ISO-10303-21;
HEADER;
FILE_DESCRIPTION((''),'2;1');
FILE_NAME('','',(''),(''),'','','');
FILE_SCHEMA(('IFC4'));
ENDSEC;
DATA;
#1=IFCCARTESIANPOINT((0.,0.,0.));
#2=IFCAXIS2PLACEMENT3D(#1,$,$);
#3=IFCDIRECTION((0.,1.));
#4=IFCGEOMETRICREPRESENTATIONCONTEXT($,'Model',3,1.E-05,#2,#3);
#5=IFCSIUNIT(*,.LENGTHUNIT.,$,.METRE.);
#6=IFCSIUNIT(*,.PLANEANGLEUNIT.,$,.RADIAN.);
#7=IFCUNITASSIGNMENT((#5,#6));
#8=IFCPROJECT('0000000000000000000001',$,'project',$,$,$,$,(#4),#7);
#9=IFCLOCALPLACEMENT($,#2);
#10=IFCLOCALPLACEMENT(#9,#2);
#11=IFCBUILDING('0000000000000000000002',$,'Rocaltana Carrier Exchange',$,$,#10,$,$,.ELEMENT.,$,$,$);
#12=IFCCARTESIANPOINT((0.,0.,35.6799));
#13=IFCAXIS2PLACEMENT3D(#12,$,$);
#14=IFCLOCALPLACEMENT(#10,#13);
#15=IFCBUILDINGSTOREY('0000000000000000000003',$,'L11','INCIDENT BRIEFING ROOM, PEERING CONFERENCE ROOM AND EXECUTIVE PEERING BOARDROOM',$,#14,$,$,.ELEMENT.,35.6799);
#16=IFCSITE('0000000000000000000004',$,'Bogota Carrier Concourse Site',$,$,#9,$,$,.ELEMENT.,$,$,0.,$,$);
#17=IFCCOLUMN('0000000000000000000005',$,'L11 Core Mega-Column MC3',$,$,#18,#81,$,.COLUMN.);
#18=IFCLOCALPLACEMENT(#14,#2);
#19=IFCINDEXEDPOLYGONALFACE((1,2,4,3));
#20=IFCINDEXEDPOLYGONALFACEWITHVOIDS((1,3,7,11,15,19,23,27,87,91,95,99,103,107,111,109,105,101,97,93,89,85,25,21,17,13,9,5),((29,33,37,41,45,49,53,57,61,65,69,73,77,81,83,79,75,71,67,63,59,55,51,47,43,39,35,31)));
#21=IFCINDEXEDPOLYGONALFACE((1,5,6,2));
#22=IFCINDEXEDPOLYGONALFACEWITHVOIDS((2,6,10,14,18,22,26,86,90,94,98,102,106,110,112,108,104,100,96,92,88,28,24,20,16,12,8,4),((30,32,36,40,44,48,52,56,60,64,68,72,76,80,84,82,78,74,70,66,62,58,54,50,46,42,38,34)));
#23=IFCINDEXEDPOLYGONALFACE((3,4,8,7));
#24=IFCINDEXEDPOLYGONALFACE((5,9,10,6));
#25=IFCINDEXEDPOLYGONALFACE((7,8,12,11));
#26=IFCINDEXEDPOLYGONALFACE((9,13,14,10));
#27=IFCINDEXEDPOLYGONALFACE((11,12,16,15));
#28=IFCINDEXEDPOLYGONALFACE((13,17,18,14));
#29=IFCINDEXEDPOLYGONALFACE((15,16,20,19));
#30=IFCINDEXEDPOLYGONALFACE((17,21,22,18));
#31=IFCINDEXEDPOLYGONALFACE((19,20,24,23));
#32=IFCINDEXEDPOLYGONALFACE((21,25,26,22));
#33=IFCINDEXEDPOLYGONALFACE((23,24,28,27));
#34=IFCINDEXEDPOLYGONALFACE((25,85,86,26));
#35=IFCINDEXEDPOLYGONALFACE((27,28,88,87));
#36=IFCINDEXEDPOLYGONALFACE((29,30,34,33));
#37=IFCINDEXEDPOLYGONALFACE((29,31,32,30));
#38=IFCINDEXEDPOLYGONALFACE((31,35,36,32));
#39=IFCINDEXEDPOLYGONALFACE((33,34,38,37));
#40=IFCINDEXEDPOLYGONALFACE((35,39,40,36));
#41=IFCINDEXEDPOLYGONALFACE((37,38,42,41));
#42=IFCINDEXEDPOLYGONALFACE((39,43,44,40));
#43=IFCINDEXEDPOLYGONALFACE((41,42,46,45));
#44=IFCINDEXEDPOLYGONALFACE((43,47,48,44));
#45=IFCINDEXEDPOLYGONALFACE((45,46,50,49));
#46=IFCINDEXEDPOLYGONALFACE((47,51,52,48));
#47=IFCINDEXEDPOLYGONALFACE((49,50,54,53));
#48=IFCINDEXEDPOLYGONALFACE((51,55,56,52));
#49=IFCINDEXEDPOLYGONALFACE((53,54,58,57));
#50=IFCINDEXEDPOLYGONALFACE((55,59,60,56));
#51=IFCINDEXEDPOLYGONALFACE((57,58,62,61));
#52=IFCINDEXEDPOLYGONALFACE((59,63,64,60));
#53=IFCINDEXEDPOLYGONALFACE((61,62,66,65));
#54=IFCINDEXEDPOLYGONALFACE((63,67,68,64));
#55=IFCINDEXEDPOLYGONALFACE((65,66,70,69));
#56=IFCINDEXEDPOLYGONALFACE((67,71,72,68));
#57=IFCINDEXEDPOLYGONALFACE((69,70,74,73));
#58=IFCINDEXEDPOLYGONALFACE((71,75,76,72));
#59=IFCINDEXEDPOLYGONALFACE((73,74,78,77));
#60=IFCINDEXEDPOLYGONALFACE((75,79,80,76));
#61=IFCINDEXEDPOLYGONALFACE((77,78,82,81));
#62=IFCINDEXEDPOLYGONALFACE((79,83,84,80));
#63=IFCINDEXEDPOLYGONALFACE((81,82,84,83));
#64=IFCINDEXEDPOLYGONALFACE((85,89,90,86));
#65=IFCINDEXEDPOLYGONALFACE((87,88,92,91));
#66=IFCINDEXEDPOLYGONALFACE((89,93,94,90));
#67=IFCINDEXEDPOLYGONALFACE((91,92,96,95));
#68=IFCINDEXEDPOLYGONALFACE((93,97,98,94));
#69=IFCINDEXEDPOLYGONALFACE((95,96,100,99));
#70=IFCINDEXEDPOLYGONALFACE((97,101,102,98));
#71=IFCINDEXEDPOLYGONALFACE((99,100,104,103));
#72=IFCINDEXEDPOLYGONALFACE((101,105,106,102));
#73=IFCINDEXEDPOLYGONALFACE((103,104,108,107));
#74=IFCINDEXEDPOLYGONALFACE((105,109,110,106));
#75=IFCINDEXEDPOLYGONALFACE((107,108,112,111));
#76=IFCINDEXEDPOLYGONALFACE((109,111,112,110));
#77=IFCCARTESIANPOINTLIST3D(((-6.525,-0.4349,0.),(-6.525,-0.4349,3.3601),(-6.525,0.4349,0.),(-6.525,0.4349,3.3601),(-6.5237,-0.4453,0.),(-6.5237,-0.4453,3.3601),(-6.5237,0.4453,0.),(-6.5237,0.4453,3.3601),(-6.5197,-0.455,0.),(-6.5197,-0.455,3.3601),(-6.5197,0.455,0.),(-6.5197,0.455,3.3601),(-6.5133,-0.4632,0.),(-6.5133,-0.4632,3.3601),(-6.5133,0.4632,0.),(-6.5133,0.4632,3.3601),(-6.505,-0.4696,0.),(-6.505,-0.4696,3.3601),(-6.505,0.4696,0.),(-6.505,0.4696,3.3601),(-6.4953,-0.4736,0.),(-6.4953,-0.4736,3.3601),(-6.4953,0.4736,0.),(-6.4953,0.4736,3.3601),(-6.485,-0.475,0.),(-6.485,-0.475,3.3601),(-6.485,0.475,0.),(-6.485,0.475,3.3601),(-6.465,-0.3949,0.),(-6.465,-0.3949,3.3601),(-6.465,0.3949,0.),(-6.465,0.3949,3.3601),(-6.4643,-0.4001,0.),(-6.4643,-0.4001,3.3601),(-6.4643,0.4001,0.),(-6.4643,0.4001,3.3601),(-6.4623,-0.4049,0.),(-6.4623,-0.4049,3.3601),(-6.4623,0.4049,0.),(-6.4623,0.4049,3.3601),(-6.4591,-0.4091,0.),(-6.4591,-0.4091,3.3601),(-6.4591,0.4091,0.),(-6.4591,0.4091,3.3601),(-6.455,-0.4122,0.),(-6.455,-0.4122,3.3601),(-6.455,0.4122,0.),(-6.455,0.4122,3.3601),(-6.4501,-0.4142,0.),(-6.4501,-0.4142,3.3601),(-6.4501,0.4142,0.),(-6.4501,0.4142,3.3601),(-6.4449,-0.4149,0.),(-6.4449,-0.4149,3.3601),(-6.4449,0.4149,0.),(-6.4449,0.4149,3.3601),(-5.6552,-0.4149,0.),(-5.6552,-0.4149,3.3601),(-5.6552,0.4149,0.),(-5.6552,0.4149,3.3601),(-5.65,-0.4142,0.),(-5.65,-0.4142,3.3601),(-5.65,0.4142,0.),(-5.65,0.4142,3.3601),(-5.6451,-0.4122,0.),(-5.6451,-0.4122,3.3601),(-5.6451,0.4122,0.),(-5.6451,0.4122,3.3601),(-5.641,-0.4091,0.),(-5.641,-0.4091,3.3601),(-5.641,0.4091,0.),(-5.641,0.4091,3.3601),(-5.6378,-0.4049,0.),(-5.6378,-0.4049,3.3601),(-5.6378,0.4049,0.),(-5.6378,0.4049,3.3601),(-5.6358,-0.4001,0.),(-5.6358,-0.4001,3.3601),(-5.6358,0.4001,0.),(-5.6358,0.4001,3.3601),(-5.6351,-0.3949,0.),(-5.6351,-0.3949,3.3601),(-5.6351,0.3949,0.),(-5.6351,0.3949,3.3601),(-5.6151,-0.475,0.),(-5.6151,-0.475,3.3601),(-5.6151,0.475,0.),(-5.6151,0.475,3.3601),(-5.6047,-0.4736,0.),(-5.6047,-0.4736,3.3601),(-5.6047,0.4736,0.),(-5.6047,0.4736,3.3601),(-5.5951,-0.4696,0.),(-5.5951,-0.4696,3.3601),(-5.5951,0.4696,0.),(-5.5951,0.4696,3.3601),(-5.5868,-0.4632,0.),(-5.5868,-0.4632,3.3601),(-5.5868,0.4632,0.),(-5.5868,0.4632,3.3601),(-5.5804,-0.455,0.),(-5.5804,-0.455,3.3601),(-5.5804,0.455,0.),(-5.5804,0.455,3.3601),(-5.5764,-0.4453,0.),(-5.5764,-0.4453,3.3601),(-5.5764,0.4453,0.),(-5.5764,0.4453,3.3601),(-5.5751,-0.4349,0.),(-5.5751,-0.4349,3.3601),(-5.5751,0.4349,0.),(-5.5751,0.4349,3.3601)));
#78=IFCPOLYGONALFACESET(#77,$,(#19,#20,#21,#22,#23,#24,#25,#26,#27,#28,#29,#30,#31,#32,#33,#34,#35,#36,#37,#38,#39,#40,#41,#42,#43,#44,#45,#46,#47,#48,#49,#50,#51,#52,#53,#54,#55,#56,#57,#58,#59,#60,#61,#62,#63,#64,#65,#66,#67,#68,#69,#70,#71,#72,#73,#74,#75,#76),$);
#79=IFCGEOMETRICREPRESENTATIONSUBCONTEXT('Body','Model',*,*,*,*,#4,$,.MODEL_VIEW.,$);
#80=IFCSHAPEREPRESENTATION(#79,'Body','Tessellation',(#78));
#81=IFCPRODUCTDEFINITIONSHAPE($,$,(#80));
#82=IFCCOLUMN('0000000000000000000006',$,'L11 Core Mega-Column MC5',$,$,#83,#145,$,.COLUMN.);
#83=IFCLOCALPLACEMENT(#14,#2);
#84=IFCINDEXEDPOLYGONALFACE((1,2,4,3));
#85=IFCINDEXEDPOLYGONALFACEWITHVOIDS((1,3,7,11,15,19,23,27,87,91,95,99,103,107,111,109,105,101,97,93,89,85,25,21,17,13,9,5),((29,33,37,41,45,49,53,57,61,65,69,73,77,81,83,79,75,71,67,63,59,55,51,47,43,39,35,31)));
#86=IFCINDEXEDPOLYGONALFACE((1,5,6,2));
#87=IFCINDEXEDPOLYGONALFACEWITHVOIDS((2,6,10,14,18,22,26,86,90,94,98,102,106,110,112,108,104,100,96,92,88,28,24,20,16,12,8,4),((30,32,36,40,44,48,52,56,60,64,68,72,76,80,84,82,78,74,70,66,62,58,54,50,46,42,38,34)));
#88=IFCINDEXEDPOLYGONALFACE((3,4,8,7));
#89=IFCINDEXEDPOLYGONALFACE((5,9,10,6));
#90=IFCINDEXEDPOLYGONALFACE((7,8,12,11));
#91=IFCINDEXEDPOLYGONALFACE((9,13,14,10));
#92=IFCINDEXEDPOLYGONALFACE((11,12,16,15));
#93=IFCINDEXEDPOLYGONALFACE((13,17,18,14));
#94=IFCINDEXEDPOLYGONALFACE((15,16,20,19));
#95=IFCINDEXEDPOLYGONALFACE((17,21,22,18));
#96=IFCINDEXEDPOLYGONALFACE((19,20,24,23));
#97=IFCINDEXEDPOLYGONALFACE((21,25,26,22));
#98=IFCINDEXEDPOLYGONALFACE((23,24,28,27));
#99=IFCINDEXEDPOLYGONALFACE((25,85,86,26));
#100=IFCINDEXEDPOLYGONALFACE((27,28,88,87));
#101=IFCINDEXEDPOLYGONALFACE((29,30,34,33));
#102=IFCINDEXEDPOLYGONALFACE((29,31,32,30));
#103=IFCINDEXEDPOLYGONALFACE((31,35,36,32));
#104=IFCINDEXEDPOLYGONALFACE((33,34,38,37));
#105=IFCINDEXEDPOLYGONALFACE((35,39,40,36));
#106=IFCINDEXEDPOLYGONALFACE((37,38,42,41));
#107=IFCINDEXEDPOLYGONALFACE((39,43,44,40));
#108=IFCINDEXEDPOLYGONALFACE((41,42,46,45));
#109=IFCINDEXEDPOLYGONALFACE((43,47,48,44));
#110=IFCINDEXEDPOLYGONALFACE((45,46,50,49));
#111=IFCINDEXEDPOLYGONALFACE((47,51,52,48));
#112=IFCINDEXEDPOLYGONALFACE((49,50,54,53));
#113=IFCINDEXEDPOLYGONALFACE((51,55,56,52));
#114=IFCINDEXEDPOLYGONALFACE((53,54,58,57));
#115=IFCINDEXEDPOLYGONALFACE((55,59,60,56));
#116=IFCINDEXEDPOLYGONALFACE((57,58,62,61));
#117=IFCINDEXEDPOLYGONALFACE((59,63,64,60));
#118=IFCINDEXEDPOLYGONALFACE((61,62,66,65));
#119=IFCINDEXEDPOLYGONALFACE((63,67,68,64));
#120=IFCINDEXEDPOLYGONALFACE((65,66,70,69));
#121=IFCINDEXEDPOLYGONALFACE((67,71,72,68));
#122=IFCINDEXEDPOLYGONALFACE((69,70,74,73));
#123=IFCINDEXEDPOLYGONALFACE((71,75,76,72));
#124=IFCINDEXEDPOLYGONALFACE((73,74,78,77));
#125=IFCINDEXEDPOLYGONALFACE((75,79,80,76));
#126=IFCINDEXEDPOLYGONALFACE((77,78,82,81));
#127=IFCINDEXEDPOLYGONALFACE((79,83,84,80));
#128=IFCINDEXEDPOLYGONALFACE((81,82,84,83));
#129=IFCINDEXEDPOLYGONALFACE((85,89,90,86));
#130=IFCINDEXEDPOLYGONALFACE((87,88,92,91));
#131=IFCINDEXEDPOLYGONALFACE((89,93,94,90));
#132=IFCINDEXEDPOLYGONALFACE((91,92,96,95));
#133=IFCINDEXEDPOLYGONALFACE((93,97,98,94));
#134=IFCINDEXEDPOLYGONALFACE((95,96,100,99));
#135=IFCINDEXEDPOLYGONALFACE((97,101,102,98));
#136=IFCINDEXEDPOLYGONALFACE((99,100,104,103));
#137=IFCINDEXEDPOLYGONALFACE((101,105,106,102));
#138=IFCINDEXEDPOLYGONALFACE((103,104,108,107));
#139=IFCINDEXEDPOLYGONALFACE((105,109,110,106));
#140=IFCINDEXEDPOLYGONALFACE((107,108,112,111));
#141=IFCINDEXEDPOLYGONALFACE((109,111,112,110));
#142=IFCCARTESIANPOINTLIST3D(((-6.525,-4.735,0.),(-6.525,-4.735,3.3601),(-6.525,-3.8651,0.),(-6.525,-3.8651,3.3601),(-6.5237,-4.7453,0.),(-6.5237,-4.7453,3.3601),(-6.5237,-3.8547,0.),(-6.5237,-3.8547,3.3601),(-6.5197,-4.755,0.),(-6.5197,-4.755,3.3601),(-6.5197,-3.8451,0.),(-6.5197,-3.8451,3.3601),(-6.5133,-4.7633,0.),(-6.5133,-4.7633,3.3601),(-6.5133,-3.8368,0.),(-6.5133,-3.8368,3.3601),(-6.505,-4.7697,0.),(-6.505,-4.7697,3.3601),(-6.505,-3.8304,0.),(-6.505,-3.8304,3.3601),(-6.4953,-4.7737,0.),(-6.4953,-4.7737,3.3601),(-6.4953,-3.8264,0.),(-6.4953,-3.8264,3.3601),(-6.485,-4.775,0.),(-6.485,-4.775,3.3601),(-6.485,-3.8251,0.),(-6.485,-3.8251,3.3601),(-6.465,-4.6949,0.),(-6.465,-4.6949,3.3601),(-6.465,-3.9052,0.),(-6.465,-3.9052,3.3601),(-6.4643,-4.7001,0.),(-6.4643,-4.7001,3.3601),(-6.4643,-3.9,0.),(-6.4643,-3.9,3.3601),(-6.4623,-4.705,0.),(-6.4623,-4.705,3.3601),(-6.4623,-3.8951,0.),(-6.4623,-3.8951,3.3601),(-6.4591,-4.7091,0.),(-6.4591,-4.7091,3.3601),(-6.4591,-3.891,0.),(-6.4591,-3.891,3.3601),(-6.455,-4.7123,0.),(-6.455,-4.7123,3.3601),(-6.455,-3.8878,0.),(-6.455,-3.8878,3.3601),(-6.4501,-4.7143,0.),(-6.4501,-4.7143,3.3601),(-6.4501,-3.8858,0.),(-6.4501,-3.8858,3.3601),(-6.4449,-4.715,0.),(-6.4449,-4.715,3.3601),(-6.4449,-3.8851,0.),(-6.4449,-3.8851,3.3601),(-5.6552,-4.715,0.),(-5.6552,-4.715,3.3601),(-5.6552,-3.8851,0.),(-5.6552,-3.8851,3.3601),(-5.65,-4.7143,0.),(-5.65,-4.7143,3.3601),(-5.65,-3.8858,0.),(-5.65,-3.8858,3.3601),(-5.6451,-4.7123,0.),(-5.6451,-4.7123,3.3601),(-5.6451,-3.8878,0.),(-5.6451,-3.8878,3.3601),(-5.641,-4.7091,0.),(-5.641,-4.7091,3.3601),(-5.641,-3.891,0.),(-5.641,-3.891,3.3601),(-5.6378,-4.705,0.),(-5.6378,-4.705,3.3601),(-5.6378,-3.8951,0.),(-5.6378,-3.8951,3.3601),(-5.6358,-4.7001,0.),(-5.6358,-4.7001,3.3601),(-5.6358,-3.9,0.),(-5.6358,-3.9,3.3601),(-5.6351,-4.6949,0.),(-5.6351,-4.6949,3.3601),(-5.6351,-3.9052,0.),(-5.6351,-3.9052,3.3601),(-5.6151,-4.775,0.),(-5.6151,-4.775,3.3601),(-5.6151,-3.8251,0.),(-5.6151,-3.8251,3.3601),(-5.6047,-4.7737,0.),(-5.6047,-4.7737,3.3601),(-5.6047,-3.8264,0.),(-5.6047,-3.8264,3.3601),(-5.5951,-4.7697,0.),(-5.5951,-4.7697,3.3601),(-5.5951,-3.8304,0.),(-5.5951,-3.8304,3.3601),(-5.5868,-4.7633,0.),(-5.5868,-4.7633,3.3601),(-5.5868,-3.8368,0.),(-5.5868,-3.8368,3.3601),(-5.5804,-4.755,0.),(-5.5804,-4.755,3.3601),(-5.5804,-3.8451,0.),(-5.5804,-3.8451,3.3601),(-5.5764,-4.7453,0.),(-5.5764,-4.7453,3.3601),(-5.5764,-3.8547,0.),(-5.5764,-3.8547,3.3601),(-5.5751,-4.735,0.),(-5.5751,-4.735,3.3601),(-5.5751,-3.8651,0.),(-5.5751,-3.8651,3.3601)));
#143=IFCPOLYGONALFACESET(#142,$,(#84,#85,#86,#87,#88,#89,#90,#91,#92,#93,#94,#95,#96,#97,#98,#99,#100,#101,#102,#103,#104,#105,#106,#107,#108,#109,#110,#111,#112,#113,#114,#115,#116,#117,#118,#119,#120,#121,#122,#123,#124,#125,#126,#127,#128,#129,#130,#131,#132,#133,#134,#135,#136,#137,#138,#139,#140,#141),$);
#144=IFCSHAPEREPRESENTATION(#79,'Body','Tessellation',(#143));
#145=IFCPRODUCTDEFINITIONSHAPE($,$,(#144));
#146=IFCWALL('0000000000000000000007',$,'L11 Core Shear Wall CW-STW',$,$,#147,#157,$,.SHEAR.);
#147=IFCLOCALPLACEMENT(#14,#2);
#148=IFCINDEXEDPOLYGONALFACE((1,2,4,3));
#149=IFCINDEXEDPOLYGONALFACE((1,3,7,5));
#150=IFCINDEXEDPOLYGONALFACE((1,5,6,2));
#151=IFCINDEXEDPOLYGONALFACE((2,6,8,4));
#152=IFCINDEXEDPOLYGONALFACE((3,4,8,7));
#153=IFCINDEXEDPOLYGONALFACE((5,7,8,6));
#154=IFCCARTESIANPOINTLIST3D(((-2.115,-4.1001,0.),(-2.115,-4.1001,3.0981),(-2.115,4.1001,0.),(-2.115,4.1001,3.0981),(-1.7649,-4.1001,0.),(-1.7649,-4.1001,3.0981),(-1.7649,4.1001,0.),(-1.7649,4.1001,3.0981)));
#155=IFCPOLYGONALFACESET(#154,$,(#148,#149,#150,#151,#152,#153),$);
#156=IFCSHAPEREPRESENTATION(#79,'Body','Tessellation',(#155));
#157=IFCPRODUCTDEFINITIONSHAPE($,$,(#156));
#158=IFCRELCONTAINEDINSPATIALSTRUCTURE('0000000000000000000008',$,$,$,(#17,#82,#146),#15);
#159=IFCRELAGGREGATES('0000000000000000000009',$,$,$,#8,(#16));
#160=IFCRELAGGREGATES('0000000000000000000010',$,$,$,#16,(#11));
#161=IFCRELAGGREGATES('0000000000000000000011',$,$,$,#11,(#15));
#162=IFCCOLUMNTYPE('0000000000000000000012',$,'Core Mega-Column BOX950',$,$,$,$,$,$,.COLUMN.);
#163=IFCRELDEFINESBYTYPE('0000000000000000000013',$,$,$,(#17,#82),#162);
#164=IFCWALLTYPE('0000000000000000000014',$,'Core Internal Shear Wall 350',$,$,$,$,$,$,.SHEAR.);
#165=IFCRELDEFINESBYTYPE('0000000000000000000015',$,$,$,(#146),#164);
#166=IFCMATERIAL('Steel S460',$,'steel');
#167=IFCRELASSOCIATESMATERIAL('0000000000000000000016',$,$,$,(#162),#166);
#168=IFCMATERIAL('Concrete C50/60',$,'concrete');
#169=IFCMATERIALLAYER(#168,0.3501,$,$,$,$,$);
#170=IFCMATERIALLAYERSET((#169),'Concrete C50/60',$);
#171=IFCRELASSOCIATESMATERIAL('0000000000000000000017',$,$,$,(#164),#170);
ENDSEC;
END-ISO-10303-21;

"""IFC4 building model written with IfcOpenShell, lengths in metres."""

from ifc_helpers import new_model, si_unit, direction, frame, frame_2d, origin, origin_2d, place, context, subcontext, project, spatial, rectangle, hollow_rectangle, extrude, material, layer, layer_set, material_profile, profile_set, type_object, element, save


model = new_model("IFC4")

# Units and contexts
model_context = context("Model", 3, precision=1e-05, world=origin(), true_north=direction((0.0, 1.0)))
body_context = subcontext(model_context, "Body", "Model", "MODEL_VIEW")
ifc_project = project(units=[si_unit("LENGTHUNIT", "METRE"), si_unit("PLANEANGLEUNIT", "RADIAN")], contexts=[model_context])

# Site, building, storey
site_placement = place(None, origin())
site = spatial("IfcSite", under=ifc_project, at=site_placement, Name="Bogota Carrier Concourse Site", CompositionType="ELEMENT", RefElevation=0.0)
building_placement = place(site_placement, origin())
building = spatial("IfcBuilding", under=site, at=building_placement, Name="Rocaltana Carrier Exchange", CompositionType="ELEMENT")
storey_placement = place(building_placement, frame((0.0, 0.0, 35.6799)))
storey = spatial("IfcBuildingStorey", under=building, at=storey_placement, Name="L11", Description="INCIDENT BRIEFING ROOM, PEERING CONFERENCE ROOM AND EXECUTIVE PEERING BOARDROOM", CompositionType="ELEMENT", Elevation=35.6799)

# Columns
ifc_material_1 = material(Name="Steel S460", Category="steel")
ifc_material_profile = material_profile(ifc_material_1, hollow_rectangle(XDim=0.95, YDim=0.95, WallThickness=0.0601, InnerFilletRadius=0.02, OuterFilletRadius=0.04, at=origin_2d()), Name="BOX950X950X60")
ifc_profile_set = profile_set([ifc_material_profile], Name="Steel S460")
column_type = type_object("IfcColumnType", Name="Core Mega-Column BOX950", PredefinedType="COLUMN", material=ifc_profile_set)
for number, where, z_axis, x_axis, name in (
    (1, (-6.05, 0.0, 0.0), (0.0, 0.0, 1.0), (1.0, 0.0, 0.0), "L11 Core Mega-Column MC3"),
    (2, (-6.05, -4.3, 0.0), (0.0, 0.0, 1.0), (1.0, 0.0, 0.0), "L11 Core Mega-Column MC5"),
):
    element("IfcColumn", number, at=place(storey_placement, frame(where, z_axis=z_axis, x_axis=x_axis)), inside=storey, type_object=column_type, Name=name, PredefinedType="COLUMN", context=body_context, shape_type="SweptSolid", body=[
        extrude(hollow_rectangle(XDim=0.95, YDim=0.95, WallThickness=0.0601, InnerFilletRadius=0.02, OuterFilletRadius=0.04, at=origin_2d()), origin(), (0.0, 0.0, 1.0), 3.3601),
    ])

# Wall
ifc_material_2 = material(Name="Concrete C50/60", Category="concrete")
ifc_layer_1 = layer(ifc_material_2, 0.3501)
ifc_layer_set_1 = layer_set([ifc_layer_1], Name="Concrete C50/60")
wall_type_1 = type_object("IfcWallType", Name="Core Internal Shear Wall 350", PredefinedType="SHEAR", material=ifc_layer_set_1)
wall_1_placement = place(storey_placement, frame((-1.9399, -4.1001, 0.0), z_axis=(0.0, 0.0, 1.0), x_axis=(0.0, 1.0, 0.0)))
element("IfcWall", 3, at=wall_1_placement, inside=storey, type_object=wall_type_1, Name="L11 Core Shear Wall CW-STW", PredefinedType="SHEAR", context=body_context, shape_type="SweptSolid", body=[
    extrude(rectangle(XDim=8.2002, YDim=0.3501, at=frame_2d((4.1001, 0.0))), origin(), (0.0, 0.0, 1.0), 3.0981),
])

save(model, "model.ifc")
